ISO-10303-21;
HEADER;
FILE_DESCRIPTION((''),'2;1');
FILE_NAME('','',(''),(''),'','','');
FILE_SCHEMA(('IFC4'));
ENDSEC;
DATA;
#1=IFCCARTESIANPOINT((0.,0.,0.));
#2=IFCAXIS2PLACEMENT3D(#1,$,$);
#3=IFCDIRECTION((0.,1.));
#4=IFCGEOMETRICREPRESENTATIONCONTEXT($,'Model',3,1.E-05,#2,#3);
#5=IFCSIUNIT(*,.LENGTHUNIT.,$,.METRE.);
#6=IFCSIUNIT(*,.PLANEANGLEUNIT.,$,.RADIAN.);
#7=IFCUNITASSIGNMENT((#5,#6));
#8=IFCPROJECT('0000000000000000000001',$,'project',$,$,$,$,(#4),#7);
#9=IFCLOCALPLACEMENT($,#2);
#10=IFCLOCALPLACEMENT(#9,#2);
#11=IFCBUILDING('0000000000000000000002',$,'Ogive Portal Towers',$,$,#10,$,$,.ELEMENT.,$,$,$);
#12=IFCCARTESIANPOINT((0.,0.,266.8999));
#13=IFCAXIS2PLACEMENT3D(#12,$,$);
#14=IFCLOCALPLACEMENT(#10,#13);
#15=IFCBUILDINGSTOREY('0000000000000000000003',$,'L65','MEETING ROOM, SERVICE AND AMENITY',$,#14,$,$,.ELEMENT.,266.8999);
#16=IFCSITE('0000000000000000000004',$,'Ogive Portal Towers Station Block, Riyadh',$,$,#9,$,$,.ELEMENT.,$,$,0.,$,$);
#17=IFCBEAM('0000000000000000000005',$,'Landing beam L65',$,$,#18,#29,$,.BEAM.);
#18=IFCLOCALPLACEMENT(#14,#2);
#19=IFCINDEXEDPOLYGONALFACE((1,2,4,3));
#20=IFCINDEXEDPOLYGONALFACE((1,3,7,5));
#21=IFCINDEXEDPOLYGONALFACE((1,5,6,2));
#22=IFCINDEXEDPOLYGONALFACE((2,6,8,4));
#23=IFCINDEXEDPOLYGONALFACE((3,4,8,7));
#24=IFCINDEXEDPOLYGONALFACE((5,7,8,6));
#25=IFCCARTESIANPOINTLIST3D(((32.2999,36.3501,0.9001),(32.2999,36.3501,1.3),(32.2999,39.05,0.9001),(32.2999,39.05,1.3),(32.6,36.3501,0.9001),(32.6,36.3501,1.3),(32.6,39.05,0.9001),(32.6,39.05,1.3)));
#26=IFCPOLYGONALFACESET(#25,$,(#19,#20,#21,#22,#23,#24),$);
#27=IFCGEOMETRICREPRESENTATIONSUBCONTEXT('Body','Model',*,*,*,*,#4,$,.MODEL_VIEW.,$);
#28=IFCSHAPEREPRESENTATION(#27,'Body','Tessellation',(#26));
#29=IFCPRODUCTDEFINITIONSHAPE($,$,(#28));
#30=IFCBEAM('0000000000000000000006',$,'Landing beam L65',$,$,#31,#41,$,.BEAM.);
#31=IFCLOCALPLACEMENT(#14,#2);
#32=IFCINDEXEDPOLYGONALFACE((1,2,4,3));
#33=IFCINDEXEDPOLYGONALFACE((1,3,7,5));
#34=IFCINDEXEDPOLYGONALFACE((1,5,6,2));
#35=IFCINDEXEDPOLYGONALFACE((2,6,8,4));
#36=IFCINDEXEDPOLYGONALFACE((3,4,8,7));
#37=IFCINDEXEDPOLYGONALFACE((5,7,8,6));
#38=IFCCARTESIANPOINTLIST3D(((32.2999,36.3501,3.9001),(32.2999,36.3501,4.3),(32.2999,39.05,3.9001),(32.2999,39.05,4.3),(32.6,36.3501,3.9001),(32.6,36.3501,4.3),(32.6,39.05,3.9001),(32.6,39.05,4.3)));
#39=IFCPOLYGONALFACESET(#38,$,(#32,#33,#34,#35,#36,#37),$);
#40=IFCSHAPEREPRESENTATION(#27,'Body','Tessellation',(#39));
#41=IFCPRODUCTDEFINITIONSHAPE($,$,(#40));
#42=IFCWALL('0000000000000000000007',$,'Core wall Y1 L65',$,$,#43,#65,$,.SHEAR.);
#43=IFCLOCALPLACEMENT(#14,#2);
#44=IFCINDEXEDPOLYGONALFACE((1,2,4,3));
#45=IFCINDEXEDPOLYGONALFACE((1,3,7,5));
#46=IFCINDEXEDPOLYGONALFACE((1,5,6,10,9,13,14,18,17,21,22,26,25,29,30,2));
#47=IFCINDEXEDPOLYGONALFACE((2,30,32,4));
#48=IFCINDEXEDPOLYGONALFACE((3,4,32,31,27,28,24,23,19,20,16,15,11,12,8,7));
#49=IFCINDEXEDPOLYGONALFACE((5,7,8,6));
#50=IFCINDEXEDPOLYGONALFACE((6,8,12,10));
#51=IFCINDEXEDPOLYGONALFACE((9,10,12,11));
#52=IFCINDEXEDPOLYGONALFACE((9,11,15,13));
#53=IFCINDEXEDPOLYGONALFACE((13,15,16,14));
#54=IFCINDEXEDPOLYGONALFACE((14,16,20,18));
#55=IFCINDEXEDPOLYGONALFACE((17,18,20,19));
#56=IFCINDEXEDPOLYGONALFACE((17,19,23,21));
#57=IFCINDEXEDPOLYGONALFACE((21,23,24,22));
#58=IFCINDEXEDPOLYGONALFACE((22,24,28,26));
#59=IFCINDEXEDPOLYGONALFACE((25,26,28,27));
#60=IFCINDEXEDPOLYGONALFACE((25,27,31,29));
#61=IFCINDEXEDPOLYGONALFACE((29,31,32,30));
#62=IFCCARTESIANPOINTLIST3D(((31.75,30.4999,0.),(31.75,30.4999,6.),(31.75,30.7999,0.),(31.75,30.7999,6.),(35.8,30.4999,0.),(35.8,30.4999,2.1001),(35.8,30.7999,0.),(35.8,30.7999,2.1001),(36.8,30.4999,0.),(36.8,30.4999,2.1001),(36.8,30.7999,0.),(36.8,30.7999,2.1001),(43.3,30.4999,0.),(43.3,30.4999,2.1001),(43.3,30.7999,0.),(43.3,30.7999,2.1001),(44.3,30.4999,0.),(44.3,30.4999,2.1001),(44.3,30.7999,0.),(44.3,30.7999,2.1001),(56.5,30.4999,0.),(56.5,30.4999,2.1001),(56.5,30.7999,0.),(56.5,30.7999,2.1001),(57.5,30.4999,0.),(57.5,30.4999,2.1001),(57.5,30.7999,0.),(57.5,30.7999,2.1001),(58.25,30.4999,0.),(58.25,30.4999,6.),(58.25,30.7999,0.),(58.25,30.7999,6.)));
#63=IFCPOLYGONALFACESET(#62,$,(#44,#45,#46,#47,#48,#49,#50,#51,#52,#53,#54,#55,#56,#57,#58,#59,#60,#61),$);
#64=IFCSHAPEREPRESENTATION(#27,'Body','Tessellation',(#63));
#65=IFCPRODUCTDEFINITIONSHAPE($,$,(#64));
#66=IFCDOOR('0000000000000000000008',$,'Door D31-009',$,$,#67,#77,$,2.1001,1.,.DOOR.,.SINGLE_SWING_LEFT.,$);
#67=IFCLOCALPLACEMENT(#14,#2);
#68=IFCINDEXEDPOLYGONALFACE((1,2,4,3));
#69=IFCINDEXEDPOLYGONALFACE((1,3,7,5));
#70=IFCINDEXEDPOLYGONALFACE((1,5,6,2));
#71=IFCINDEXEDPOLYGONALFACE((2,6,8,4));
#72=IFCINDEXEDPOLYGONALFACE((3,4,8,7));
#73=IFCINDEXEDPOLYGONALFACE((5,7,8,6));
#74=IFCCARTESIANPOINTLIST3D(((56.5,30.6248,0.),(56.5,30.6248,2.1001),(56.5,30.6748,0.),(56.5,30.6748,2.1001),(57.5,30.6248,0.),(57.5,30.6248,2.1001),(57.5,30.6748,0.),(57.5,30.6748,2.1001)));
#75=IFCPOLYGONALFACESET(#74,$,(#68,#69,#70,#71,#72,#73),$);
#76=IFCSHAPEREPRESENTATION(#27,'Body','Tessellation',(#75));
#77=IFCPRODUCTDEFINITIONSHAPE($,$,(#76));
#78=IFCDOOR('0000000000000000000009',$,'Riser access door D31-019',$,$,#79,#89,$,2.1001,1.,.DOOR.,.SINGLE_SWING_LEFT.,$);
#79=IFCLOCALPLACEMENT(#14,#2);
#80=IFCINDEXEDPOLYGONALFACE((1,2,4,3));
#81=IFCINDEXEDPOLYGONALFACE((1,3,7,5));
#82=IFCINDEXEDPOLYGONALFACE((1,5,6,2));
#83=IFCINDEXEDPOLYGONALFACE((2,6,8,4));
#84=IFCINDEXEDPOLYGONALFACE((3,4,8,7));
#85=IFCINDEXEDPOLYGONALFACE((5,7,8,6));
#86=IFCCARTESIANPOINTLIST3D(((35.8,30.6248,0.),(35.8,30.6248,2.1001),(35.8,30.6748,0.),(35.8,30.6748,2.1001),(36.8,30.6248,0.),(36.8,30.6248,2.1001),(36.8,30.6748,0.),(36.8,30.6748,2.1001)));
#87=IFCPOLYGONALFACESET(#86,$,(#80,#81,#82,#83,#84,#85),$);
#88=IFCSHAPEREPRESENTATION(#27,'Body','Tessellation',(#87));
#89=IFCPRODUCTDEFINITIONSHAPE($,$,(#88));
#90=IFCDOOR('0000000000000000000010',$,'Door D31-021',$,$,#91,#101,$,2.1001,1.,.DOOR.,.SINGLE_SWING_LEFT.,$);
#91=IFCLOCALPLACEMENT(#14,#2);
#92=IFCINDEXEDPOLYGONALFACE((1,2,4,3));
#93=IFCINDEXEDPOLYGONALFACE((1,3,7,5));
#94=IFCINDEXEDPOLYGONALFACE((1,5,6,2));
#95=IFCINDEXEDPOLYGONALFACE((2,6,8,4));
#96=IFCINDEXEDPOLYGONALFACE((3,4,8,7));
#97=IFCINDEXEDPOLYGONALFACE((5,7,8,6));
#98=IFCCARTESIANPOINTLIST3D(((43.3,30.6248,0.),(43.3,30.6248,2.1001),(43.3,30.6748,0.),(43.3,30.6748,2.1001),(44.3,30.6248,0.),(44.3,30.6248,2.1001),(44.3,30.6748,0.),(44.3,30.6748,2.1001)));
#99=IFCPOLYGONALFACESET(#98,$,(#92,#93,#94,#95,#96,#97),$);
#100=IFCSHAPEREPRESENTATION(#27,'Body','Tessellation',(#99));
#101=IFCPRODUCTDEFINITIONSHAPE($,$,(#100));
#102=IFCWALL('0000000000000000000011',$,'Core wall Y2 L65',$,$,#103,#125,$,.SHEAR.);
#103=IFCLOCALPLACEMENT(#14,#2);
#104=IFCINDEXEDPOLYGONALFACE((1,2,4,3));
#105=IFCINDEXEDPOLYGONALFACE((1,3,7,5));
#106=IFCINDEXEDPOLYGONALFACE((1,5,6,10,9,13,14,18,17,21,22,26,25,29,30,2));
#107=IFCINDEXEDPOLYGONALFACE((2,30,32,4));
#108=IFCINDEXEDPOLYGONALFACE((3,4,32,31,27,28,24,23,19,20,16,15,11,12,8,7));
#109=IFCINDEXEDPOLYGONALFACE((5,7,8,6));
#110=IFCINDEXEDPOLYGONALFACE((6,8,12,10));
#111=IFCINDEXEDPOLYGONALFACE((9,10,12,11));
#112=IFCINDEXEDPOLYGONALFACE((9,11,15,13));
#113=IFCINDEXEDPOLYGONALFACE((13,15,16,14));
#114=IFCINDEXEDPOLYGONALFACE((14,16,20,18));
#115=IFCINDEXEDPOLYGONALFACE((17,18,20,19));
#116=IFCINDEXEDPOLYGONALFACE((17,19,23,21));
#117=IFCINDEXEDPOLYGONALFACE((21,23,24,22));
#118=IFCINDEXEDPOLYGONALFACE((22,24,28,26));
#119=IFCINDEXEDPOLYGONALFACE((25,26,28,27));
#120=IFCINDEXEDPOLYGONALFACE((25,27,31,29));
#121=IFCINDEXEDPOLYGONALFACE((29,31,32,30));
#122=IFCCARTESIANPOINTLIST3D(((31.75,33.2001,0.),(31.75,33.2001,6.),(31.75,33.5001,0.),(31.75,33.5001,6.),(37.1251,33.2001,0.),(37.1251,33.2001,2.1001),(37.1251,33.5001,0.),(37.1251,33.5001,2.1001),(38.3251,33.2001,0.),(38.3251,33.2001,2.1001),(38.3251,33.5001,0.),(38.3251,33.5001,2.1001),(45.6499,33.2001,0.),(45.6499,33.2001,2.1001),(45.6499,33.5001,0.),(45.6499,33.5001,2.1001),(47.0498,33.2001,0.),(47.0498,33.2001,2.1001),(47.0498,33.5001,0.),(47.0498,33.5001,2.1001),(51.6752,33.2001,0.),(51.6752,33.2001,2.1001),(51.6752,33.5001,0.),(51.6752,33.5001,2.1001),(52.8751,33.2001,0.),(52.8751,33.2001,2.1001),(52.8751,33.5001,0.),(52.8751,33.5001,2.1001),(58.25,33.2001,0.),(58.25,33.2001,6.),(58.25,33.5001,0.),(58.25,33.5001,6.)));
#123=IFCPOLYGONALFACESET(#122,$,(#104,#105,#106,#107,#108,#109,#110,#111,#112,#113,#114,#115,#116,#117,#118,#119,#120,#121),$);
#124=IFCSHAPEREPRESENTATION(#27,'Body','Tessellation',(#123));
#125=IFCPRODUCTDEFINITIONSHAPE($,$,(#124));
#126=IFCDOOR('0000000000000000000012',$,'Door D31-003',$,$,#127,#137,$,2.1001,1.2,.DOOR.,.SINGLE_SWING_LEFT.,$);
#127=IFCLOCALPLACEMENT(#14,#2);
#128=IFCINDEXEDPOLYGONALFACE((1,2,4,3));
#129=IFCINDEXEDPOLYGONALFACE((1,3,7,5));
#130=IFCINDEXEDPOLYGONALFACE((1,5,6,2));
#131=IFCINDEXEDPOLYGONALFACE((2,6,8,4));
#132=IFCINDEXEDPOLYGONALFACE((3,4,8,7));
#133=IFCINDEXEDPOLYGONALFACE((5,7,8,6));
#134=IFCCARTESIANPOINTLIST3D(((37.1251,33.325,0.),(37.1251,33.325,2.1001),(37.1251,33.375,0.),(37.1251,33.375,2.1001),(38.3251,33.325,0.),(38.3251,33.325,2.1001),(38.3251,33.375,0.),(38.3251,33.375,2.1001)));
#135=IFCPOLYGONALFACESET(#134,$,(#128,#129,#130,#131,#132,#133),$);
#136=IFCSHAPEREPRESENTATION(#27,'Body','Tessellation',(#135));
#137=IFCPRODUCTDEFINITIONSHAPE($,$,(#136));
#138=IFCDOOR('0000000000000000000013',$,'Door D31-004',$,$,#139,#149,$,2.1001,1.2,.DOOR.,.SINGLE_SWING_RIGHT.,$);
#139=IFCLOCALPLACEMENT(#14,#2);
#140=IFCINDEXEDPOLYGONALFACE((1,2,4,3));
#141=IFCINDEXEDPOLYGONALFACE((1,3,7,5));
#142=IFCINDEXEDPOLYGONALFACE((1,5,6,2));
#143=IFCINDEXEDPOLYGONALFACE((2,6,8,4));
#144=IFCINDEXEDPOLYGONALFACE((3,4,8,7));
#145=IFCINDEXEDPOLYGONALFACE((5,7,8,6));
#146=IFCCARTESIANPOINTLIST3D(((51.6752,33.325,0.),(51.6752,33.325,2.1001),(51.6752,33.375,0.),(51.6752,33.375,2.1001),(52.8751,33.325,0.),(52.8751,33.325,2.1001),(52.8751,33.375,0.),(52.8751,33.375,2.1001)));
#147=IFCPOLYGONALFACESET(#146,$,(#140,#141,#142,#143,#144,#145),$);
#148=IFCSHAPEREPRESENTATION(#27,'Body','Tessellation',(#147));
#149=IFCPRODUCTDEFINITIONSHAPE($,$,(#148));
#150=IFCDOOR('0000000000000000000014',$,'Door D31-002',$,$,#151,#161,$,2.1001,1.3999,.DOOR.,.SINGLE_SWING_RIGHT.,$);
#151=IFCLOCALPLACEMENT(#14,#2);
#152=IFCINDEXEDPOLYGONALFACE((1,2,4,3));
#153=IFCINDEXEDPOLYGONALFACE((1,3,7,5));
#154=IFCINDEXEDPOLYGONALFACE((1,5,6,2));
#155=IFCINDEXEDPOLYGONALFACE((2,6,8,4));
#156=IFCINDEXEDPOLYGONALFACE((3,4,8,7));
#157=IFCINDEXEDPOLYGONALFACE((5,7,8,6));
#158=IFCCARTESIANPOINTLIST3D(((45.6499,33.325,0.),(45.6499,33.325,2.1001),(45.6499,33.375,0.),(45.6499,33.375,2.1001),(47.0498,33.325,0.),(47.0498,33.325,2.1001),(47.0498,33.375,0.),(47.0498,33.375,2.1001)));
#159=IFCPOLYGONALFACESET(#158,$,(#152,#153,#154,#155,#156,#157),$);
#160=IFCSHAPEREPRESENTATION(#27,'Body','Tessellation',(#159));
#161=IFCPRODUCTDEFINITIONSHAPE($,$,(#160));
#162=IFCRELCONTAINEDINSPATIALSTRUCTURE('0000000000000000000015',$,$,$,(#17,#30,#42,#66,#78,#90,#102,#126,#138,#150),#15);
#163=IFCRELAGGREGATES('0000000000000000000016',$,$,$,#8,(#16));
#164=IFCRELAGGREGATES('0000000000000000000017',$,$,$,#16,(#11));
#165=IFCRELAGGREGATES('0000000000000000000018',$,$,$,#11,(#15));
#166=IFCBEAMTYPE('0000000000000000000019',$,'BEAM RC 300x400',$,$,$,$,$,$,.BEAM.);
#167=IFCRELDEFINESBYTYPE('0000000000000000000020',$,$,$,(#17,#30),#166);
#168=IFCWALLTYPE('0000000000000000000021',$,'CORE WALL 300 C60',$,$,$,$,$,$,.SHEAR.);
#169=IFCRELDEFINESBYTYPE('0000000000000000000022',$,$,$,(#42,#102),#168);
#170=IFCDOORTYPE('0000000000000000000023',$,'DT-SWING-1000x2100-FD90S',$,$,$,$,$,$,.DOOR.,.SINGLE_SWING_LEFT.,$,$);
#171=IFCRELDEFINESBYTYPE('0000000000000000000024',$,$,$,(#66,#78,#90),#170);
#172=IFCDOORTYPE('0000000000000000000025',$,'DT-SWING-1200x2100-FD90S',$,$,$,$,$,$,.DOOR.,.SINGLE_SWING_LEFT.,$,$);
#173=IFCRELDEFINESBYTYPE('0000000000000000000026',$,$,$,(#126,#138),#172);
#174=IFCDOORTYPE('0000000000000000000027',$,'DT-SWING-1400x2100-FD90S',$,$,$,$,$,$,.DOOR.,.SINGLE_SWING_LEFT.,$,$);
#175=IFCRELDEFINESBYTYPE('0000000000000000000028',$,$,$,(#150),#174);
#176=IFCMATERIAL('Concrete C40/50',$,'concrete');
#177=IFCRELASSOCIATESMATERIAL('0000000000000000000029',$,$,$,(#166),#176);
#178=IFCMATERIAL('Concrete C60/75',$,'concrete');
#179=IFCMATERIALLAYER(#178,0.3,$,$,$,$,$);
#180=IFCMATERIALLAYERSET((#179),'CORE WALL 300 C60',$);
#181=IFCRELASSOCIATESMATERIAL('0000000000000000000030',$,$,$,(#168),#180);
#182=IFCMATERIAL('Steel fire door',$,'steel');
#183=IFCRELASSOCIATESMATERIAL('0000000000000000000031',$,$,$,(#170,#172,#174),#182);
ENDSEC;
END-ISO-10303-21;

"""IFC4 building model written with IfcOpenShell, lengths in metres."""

from ifc_helpers import new_model, si_unit, direction, frame, frame_2d, origin, origin_2d, place, context, subcontext, project, spatial, rectangle, extrude, material, layer, layer_set, material_profile, profile_set, type_object, element, fill, save


model = new_model("IFC4")

# Units and contexts
model_context = context("Model", 3, precision=1e-05, world=origin(), true_north=direction((0.0, 1.0)))
body_context = subcontext(model_context, "Body", "Model", "MODEL_VIEW")
ifc_project = project(units=[si_unit("LENGTHUNIT", "METRE"), si_unit("PLANEANGLEUNIT", "RADIAN")], contexts=[model_context])

# Site, building, storey
site_placement = place(None, origin())
site = spatial("IfcSite", under=ifc_project, at=site_placement, Name="Ogive Portal Towers Station Block, Riyadh", CompositionType="ELEMENT", RefElevation=0.0)
building_placement = place(site_placement, origin())
building = spatial("IfcBuilding", under=site, at=building_placement, Name="Ogive Portal Towers", CompositionType="ELEMENT")
storey_placement = place(building_placement, frame((0.0, 0.0, 266.8999)))
storey = spatial("IfcBuildingStorey", under=building, at=storey_placement, Name="L65", Description="MEETING ROOM, SERVICE AND AMENITY", CompositionType="ELEMENT", Elevation=266.8999)

# Beams
ifc_material_1 = material(Name="Concrete C40/50", Category="concrete")
ifc_material_profile = material_profile(ifc_material_1, rectangle(XDim=0.3, YDim=0.3999, at=origin_2d()), Name="RC 300x400")
ifc_profile_set = profile_set([ifc_material_profile], Name="Concrete C40/50")
beam_type = type_object("IfcBeamType", Name="BEAM RC 300x400", PredefinedType="BEAM", material=ifc_profile_set)
for number, where, z_axis, x_axis, name in (
    (1, (32.45, 36.3501, 1.1001), (0.0, 1.0, 0.0), (-1.0, 0.0, 0.0), "Landing beam L65"),
    (2, (32.45, 36.3501, 4.1001), (0.0, 1.0, 0.0), (-1.0, 0.0, 0.0), "Landing beam L65"),
):
    element("IfcBeam", number, at=place(storey_placement, frame(where, z_axis=z_axis, x_axis=x_axis)), inside=storey, type_object=beam_type, Name=name, PredefinedType="BEAM", context=body_context, shape_type="SweptSolid", body=[
        extrude(rectangle(XDim=0.3, YDim=0.3999, at=origin_2d()), origin(), (0.0, 0.0, 1.0), 2.7),
    ])

# Walls, openings, doors
ifc_material_2 = material(Name="Concrete C60/75", Category="concrete")
ifc_layer_1 = layer(ifc_material_2, 0.3)
ifc_layer_set_1 = layer_set([ifc_layer_1], Name="CORE WALL 300 C60")
wall_type_1 = type_object("IfcWallType", Name="CORE WALL 300 C60", PredefinedType="SHEAR", material=ifc_layer_set_1)
wall_1_placement = place(storey_placement, frame((31.75, 30.6499, 0.0), z_axis=(0.0, 0.0, 1.0), x_axis=(1.0, 0.0, 0.0)))
wall_1 = element("IfcWall", 3, at=wall_1_placement, inside=storey, type_object=wall_type_1, Name="Core wall Y1 L65", PredefinedType="SHEAR", context=body_context, shape_type="SweptSolid", body=[
    extrude(rectangle(XDim=26.5, YDim=0.3, at=frame_2d((13.25, 0.0))), origin(), (0.0, 0.0, 1.0), 6.0),
])
opening_1_placement = place(wall_1_placement, frame((24.75, 0.0, 0.0)))
opening_1 = element("IfcOpeningElement", 4, at=opening_1_placement, cuts=wall_1, PredefinedType="OPENING", context=body_context, shape_type="SweptSolid", body=[
    extrude(rectangle(XDim=1.0, YDim=2.1001, at=frame_2d((0.5, 1.05))), frame((0.0, 0.1602, 0.0), z_axis=(0.0, -1.0, 0.0), x_axis=(1.0, 0.0, 0.0)), (0.0, 0.0, 1.0), 0.3201),
])
opening_2_placement = place(wall_1_placement, frame((4.05, 0.0, 0.0)))
opening_2 = element("IfcOpeningElement", 5, at=opening_2_placement, cuts=wall_1, PredefinedType="OPENING", context=body_context, shape_type="SweptSolid", body=[
    extrude(rectangle(XDim=1.0, YDim=2.1001, at=frame_2d((0.5, 1.05))), frame((0.0, 0.1602, 0.0), z_axis=(0.0, -1.0, 0.0), x_axis=(1.0, 0.0, 0.0)), (0.0, 0.0, 1.0), 0.3201),
])
opening_3_placement = place(wall_1_placement, frame((11.55, 0.0, 0.0)))
opening_3 = element("IfcOpeningElement", 6, at=opening_3_placement, cuts=wall_1, PredefinedType="OPENING", context=body_context, shape_type="SweptSolid", body=[
    extrude(rectangle(XDim=1.0, YDim=2.1001, at=frame_2d((0.5, 1.05))), frame((0.0, 0.1602, 0.0), z_axis=(0.0, -1.0, 0.0), x_axis=(1.0, 0.0, 0.0)), (0.0, 0.0, 1.0), 0.3201),
])
ifc_material_3 = material(Name="Steel fire door", Category="steel")
door_type_1 = type_object("IfcDoorType", Name="DT-SWING-1000x2100-FD90S", OperationType="SINGLE_SWING_LEFT", PredefinedType="DOOR", material=ifc_material_3)
door_1_placement = place(opening_1_placement, origin())
door_1 = element("IfcDoor", 7, at=door_1_placement, inside=storey, type_object=door_type_1, Name="Door D31-009", OperationType="SINGLE_SWING_LEFT", OverallHeight=2.1001, OverallWidth=1.0, PredefinedType="DOOR", context=body_context, shape_type="SweptSolid", body=[
    extrude(rectangle(XDim=1.0, YDim=2.1001, at=frame_2d((0.5, 1.05))), frame((0.0, 0.0249, 0.0), z_axis=(0.0, -1.0, 0.0), x_axis=(1.0, 0.0, 0.0)), (0.0, 0.0, 1.0), 0.05),
])
fill(opening_1, door_1)
door_2_placement = place(opening_2_placement, origin())
door_2 = element("IfcDoor", 8, at=door_2_placement, inside=storey, type_object=door_type_1, Name="Riser access door D31-019", OperationType="SINGLE_SWING_LEFT", OverallHeight=2.1001, OverallWidth=1.0, PredefinedType="DOOR", context=body_context, shape_type="SweptSolid", body=[
    extrude(rectangle(XDim=1.0, YDim=2.1001, at=frame_2d((0.5, 1.05))), frame((0.0, 0.0249, 0.0), z_axis=(0.0, -1.0, 0.0), x_axis=(1.0, 0.0, 0.0)), (0.0, 0.0, 1.0), 0.05),
])
fill(opening_2, door_2)
door_3_placement = place(opening_3_placement, origin())
door_3 = element("IfcDoor", 9, at=door_3_placement, inside=storey, type_object=door_type_1, Name="Door D31-021", OperationType="SINGLE_SWING_LEFT", OverallHeight=2.1001, OverallWidth=1.0, PredefinedType="DOOR", context=body_context, shape_type="SweptSolid", body=[
    extrude(rectangle(XDim=1.0, YDim=2.1001, at=frame_2d((0.5, 1.05))), frame((0.0, 0.0249, 0.0), z_axis=(0.0, -1.0, 0.0), x_axis=(1.0, 0.0, 0.0)), (0.0, 0.0, 1.0), 0.05),
])
fill(opening_3, door_3)
wall_2_placement = place(storey_placement, frame((31.75, 33.3501, 0.0), z_axis=(0.0, 0.0, 1.0), x_axis=(1.0, 0.0, 0.0)))
wall_2 = element("IfcWall", 10, at=wall_2_placement, inside=storey, type_object=wall_type_1, Name="Core wall Y2 L65", PredefinedType="SHEAR", context=body_context, shape_type="SweptSolid", body=[
    extrude(rectangle(XDim=26.5, YDim=0.3, at=frame_2d((13.25, 0.0))), origin(), (0.0, 0.0, 1.0), 6.0),
])
opening_4_placement = place(wall_2_placement, frame((13.8999, 0.0, 0.0)))
opening_4 = element("IfcOpeningElement", 11, at=opening_4_placement, cuts=wall_2, PredefinedType="OPENING", context=body_context, shape_type="SweptSolid", body=[
    extrude(rectangle(XDim=1.3999, YDim=2.1001, at=frame_2d((0.7, 1.05))), frame((0.0, 0.1602, 0.0), z_axis=(0.0, -1.0, 0.0), x_axis=(1.0, 0.0, 0.0)), (0.0, 0.0, 1.0), 0.3201),
])
opening_5_placement = place(wall_2_placement, frame((5.375, 0.0, 0.0)))
opening_5 = element("IfcOpeningElement", 12, at=opening_5_placement, cuts=wall_2, PredefinedType="OPENING", context=body_context, shape_type="SweptSolid", body=[
    extrude(rectangle(XDim=1.2, YDim=2.1001, at=frame_2d((0.6001, 1.05))), frame((0.0, 0.1602, 0.0), z_axis=(0.0, -1.0, 0.0), x_axis=(1.0, 0.0, 0.0)), (0.0, 0.0, 1.0), 0.3201),
])
opening_6_placement = place(wall_2_placement, frame((19.925, 0.0, 0.0)))
opening_6 = element("IfcOpeningElement", 13, at=opening_6_placement, cuts=wall_2, PredefinedType="OPENING", context=body_context, shape_type="SweptSolid", body=[
    extrude(rectangle(XDim=1.2, YDim=2.1001, at=frame_2d((0.6001, 1.05))), frame((0.0, 0.1602, 0.0), z_axis=(0.0, -1.0, 0.0), x_axis=(1.0, 0.0, 0.0)), (0.0, 0.0, 1.0), 0.3201),
])
door_type_2 = type_object("IfcDoorType", Name="DT-SWING-1200x2100-FD90S", OperationType="SINGLE_SWING_LEFT", PredefinedType="DOOR", material=ifc_material_3)
door_4_placement = place(opening_5_placement, origin())
door_4 = element("IfcDoor", 14, at=door_4_placement, inside=storey, type_object=door_type_2, Name="Door D31-003", OperationType="SINGLE_SWING_LEFT", OverallHeight=2.1001, OverallWidth=1.2, PredefinedType="DOOR", context=body_context, shape_type="SweptSolid", body=[
    extrude(rectangle(XDim=1.2, YDim=2.1001, at=frame_2d((0.6001, 1.05))), frame((0.0, 0.0249, 0.0), z_axis=(0.0, -1.0, 0.0), x_axis=(1.0, 0.0, 0.0)), (0.0, 0.0, 1.0), 0.05),
])
fill(opening_5, door_4)
door_5_placement = place(opening_6_placement, origin())
door_5 = element("IfcDoor", 15, at=door_5_placement, inside=storey, type_object=door_type_2, Name="Door D31-004", OperationType="SINGLE_SWING_RIGHT", OverallHeight=2.1001, OverallWidth=1.2, PredefinedType="DOOR", context=body_context, shape_type="SweptSolid", body=[
    extrude(rectangle(XDim=1.2, YDim=2.1001, at=frame_2d((0.6001, 1.05))), frame((0.0, 0.0249, 0.0), z_axis=(0.0, -1.0, 0.0), x_axis=(1.0, 0.0, 0.0)), (0.0, 0.0, 1.0), 0.05),
])
fill(opening_6, door_5)
door_type_3 = type_object("IfcDoorType", Name="DT-SWING-1400x2100-FD90S", OperationType="SINGLE_SWING_LEFT", PredefinedType="DOOR", material=ifc_material_3)
door_6_placement = place(opening_4_placement, origin())
door_6 = element("IfcDoor", 16, at=door_6_placement, inside=storey, type_object=door_type_3, Name="Door D31-002", OperationType="SINGLE_SWING_RIGHT", OverallHeight=2.1001, OverallWidth=1.3999, PredefinedType="DOOR", context=body_context, shape_type="SweptSolid", body=[
    extrude(rectangle(XDim=1.3999, YDim=2.1001, at=frame_2d((0.7, 1.05))), frame((0.0, 0.0249, 0.0), z_axis=(0.0, -1.0, 0.0), x_axis=(1.0, 0.0, 0.0)), (0.0, 0.0, 1.0), 0.05),
])
fill(opening_4, door_6)

save(model, "model.ifc")
